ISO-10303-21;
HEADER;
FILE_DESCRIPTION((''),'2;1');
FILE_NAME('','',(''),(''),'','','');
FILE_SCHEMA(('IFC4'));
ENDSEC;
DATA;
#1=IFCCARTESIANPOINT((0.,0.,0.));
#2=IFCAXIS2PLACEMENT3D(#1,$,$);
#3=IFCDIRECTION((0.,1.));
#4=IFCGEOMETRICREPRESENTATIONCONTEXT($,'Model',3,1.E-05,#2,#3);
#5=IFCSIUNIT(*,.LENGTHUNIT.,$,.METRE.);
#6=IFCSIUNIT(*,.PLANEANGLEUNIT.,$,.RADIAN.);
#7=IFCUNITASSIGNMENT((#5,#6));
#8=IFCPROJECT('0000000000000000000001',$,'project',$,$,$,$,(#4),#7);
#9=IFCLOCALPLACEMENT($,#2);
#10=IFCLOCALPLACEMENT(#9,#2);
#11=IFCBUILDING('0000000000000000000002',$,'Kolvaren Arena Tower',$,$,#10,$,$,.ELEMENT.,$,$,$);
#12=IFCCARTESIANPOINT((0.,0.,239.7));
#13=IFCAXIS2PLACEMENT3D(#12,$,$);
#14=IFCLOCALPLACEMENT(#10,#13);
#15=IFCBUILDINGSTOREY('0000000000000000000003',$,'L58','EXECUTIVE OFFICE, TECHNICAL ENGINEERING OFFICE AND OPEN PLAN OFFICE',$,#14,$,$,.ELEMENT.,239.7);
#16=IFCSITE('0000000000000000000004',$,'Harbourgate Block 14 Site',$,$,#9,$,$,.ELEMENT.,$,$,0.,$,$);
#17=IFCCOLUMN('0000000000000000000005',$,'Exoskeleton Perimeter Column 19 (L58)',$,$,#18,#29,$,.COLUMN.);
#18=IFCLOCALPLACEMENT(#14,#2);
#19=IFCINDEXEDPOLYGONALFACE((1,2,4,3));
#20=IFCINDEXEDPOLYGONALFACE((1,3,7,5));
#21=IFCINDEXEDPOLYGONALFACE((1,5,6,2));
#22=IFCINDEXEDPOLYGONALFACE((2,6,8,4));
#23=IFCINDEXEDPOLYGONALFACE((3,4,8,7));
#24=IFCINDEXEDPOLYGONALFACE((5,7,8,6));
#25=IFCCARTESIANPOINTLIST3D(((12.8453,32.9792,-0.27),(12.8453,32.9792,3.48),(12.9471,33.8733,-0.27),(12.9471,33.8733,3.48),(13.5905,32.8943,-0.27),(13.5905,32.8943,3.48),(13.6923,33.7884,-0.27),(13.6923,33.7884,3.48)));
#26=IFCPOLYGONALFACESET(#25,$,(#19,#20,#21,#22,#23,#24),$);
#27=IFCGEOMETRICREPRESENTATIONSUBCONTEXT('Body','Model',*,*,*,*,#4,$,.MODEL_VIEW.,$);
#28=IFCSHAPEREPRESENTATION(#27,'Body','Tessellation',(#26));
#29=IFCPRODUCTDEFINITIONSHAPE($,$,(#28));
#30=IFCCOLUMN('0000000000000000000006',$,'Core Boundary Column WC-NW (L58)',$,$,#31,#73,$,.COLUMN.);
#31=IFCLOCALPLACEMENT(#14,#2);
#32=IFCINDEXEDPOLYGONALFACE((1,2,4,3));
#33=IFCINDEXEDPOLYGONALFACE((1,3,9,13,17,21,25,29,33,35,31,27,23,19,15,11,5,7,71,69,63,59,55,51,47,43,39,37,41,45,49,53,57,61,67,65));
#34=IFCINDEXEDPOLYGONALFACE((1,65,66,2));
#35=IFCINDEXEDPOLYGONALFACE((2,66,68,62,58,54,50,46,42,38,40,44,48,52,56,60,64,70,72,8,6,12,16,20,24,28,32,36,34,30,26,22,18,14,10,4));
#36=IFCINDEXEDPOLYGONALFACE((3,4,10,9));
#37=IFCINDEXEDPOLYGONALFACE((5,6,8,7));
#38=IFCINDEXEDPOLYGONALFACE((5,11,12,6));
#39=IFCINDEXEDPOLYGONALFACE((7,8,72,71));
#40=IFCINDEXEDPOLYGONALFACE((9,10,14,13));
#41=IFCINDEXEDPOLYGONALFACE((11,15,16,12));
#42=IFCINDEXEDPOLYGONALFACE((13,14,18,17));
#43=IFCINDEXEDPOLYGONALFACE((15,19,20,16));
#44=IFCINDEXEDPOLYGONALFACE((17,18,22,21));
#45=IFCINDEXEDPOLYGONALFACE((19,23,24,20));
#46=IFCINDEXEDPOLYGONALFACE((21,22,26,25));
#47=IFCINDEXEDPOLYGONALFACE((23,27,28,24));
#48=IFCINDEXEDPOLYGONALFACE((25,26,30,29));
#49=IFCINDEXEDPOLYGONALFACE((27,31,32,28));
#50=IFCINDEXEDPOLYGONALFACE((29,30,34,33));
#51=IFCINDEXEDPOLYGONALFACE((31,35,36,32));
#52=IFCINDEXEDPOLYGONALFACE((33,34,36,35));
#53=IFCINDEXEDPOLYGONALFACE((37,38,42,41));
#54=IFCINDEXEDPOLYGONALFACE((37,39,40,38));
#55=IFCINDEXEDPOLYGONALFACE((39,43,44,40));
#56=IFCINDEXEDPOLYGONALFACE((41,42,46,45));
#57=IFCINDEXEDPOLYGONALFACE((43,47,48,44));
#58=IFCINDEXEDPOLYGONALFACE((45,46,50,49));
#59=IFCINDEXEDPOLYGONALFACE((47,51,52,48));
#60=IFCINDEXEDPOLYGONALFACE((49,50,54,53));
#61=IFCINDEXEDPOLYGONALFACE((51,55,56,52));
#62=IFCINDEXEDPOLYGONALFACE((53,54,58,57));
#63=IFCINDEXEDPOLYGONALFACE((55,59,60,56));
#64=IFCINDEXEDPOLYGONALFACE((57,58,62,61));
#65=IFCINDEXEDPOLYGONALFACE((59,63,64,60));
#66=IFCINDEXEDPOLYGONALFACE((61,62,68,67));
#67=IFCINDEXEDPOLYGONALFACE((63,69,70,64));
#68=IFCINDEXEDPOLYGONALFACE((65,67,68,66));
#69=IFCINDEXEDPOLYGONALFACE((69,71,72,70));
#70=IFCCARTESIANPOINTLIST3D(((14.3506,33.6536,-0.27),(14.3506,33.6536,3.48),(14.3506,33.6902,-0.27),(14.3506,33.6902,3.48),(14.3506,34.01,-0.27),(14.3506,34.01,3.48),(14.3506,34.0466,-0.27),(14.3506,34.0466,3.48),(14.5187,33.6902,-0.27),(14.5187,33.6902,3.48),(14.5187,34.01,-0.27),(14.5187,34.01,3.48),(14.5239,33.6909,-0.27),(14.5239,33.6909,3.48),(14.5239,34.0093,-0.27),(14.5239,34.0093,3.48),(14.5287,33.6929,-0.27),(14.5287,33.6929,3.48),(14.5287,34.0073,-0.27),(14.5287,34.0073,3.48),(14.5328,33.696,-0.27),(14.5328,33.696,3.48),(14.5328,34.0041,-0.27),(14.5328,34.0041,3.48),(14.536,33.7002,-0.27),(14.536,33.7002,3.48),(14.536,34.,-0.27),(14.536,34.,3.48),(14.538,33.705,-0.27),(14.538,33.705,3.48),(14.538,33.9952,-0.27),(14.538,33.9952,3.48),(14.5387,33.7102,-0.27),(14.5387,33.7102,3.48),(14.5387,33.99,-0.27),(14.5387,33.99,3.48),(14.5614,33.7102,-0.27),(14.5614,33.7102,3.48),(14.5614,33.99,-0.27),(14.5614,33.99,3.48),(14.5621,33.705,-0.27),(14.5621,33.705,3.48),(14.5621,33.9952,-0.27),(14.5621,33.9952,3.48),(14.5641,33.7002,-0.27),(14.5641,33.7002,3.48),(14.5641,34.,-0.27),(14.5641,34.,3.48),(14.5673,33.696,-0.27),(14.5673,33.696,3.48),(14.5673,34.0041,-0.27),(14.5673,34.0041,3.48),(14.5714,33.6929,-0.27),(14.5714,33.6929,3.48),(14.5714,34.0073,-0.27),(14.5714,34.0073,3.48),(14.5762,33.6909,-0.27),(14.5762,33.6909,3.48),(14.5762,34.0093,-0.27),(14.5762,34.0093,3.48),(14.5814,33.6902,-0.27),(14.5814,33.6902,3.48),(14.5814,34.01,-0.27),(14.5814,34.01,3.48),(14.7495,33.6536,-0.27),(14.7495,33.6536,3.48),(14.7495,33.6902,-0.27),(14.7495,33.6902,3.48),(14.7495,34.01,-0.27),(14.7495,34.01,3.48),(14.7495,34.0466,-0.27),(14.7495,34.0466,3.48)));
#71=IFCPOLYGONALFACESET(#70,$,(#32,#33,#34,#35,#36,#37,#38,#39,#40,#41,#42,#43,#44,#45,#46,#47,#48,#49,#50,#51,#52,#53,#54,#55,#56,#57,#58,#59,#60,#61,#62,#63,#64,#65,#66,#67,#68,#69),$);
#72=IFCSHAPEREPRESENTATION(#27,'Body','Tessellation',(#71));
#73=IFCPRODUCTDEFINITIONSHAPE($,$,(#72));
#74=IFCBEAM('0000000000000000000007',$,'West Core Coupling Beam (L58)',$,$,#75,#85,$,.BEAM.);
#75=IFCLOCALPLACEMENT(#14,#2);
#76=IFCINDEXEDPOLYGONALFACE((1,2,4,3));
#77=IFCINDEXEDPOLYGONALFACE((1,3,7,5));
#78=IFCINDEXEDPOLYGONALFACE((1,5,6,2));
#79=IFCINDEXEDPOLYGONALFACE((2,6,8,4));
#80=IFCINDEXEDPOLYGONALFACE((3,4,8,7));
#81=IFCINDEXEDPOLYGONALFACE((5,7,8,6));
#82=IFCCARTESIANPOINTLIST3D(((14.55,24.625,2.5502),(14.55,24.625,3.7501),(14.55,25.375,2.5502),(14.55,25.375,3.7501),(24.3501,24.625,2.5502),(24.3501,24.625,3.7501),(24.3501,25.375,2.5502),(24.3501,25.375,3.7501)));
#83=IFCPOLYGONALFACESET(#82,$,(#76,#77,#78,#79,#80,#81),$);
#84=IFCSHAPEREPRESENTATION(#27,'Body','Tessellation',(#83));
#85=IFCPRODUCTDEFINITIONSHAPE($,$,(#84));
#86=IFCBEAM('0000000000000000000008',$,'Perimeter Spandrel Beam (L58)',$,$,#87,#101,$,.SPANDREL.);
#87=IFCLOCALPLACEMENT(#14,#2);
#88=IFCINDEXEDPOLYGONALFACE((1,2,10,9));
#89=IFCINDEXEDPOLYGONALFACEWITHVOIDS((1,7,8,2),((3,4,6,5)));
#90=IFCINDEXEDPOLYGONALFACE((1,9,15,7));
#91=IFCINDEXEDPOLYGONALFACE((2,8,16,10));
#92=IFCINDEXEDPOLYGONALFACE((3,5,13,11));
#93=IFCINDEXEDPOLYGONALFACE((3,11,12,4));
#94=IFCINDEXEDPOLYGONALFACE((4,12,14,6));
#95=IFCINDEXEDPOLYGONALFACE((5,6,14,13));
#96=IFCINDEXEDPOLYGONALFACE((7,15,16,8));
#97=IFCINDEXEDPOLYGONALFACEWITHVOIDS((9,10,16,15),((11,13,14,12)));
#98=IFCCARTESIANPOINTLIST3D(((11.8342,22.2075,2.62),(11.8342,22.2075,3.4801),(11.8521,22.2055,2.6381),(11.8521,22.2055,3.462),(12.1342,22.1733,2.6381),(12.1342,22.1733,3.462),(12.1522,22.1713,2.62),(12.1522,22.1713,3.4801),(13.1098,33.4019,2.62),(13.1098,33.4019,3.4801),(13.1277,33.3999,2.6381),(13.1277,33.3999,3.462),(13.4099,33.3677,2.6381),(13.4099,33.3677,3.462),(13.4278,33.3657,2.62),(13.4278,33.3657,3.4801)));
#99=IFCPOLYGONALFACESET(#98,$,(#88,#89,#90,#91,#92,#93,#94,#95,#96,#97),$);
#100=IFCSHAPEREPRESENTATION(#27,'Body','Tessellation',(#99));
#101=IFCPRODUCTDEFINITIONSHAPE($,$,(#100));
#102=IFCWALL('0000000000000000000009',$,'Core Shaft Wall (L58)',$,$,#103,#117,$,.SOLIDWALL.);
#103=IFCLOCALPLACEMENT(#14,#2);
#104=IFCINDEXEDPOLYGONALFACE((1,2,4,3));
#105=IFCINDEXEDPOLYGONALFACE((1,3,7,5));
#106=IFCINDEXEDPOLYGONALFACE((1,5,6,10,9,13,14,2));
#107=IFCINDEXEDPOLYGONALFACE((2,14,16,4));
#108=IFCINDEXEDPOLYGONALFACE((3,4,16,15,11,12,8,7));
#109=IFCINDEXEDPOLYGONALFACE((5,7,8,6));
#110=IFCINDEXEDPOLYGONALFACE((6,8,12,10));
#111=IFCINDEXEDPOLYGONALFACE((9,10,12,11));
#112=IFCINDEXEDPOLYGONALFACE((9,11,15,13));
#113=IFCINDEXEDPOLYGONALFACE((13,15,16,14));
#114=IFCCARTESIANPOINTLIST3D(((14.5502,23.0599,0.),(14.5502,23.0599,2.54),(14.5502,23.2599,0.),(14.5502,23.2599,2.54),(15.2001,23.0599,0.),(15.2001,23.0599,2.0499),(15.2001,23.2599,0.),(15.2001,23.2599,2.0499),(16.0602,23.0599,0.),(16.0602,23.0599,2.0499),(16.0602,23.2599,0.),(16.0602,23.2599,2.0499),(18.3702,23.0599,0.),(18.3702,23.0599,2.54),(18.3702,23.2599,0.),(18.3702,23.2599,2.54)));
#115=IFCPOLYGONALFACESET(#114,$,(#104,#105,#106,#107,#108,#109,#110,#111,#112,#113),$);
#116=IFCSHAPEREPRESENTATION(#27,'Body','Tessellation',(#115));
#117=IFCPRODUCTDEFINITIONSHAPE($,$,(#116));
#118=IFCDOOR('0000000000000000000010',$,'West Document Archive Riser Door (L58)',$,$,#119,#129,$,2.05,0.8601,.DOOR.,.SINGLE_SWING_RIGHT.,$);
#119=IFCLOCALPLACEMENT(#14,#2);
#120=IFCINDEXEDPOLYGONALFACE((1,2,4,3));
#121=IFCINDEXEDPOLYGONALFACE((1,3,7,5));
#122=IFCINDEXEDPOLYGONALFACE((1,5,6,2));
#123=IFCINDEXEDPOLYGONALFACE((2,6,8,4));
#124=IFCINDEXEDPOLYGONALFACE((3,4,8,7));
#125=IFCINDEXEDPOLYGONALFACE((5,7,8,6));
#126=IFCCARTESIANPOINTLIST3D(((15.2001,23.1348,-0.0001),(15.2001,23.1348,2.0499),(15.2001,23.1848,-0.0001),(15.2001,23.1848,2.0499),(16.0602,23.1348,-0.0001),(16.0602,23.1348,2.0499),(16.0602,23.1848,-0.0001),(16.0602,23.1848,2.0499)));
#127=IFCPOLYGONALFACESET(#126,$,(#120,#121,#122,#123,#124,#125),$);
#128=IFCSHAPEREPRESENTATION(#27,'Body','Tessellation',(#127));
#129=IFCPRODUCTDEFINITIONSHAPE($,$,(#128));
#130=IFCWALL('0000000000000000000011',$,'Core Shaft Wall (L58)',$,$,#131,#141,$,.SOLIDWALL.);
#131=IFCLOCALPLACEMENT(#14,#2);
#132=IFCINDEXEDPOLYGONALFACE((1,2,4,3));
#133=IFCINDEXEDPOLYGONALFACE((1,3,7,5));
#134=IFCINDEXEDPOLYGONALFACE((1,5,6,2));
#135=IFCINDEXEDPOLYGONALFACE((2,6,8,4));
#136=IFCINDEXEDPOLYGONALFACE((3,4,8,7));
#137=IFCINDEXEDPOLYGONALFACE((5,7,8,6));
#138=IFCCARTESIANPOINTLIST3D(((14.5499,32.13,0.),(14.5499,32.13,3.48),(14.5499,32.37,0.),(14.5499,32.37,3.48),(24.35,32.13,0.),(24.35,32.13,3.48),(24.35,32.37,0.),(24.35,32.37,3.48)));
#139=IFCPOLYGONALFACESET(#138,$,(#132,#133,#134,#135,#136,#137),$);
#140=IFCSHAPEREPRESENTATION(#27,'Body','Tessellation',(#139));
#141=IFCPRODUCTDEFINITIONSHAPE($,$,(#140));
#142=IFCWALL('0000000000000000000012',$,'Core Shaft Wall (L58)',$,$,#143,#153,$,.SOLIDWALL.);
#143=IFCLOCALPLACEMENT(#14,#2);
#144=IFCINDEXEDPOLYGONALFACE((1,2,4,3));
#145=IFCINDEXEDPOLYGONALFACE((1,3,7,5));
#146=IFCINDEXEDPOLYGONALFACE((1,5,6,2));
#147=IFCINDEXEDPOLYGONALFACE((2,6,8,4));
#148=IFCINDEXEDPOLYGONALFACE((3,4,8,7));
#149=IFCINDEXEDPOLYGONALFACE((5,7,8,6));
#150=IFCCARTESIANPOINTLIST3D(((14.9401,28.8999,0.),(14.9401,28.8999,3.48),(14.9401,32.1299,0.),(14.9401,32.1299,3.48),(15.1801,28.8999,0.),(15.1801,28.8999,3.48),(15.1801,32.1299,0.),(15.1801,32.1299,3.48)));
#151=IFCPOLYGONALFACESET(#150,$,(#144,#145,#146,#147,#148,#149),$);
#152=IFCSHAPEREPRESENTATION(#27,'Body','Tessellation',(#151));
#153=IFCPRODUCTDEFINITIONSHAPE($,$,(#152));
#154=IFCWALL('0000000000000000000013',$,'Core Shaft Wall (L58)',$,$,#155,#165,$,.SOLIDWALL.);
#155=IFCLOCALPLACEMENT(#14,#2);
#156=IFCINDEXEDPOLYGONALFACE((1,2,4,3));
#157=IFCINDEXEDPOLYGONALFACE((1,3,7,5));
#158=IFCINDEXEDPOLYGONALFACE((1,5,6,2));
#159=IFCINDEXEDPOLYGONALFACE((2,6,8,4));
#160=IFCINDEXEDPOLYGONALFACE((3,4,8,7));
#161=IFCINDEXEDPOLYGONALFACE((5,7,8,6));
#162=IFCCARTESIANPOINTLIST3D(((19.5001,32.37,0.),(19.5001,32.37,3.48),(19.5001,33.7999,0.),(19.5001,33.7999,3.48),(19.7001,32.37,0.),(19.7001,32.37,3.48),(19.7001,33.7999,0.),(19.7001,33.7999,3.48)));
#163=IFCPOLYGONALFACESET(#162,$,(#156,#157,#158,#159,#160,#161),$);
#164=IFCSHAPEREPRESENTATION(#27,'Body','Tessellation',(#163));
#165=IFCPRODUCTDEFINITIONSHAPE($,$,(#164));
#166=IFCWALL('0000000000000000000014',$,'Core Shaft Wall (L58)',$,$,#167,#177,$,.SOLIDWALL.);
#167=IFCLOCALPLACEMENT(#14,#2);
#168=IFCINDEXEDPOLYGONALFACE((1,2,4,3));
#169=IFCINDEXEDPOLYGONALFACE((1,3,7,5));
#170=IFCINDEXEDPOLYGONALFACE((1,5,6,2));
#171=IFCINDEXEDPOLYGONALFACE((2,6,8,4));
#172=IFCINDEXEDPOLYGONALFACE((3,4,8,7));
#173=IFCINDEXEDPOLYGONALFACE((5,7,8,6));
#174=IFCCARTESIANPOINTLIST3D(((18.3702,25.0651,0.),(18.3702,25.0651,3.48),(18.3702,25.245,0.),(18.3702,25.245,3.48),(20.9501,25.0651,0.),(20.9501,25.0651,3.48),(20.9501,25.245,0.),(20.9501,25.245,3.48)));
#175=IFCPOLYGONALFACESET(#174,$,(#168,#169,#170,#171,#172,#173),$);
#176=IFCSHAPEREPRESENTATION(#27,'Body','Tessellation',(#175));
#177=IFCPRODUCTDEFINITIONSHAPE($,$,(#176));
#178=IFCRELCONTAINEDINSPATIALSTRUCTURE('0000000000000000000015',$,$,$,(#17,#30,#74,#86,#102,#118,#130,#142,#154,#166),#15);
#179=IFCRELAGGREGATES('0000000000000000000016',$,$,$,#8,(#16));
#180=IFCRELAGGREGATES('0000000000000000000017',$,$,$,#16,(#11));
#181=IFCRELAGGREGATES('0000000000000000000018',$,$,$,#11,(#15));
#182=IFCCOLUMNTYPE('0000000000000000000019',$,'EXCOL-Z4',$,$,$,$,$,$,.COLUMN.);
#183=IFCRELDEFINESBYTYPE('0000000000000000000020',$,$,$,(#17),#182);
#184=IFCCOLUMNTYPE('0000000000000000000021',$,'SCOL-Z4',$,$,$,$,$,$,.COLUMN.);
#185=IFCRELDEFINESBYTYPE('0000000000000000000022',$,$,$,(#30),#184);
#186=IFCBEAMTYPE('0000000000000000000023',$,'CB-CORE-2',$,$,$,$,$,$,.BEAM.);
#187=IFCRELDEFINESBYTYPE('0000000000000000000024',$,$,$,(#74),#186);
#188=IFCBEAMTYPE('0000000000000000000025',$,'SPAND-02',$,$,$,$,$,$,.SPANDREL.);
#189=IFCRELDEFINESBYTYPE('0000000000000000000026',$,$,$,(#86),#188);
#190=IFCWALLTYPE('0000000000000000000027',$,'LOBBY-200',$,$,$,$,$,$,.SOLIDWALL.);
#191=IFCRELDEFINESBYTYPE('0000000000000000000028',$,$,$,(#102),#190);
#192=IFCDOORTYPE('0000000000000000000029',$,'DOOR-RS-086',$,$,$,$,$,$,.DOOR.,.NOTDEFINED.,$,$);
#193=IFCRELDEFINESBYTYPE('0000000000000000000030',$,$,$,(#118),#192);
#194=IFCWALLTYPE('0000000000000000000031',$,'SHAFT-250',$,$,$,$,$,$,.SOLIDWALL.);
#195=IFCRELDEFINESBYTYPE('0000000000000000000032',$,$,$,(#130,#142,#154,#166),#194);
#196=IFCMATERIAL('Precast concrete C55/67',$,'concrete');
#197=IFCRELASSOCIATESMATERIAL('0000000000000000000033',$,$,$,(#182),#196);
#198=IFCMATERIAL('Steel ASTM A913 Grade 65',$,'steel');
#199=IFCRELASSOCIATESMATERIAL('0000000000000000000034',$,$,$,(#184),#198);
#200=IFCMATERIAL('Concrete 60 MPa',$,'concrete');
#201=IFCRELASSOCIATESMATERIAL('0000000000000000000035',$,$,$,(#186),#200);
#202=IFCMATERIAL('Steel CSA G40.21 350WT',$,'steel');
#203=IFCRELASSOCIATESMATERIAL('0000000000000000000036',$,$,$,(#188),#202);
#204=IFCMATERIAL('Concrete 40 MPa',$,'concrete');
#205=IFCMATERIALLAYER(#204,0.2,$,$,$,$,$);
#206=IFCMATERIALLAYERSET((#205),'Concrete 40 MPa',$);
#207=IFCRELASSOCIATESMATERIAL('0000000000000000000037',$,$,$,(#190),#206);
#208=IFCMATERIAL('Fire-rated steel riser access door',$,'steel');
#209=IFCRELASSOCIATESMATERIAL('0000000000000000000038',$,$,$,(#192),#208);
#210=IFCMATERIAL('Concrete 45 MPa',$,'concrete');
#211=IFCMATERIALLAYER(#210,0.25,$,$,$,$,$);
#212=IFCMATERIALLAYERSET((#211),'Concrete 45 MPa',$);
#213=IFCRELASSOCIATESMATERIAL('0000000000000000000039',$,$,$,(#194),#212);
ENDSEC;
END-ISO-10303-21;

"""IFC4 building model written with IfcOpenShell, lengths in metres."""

from ifc_helpers import new_model, si_unit, direction, frame, frame_2d, origin, origin_2d, place, context, subcontext, project, spatial, rectangle, hollow_rectangle, i_section, extrude, material, layer, layer_set, material_profile, profile_set, type_object, element, fill, save


model = new_model("IFC4")

# Units and contexts
model_context = context("Model", 3, precision=1e-05, world=origin(), true_north=direction((0.0, 1.0)))
body_context = subcontext(model_context, "Body", "Model", "MODEL_VIEW")
ifc_project = project(units=[si_unit("LENGTHUNIT", "METRE"), si_unit("PLANEANGLEUNIT", "RADIAN")], contexts=[model_context])

# Site, building, storey
site_placement = place(None, origin())
site = spatial("IfcSite", under=ifc_project, at=site_placement, Name="Harbourgate Block 14 Site", CompositionType="ELEMENT", RefElevation=0.0)
building_placement = place(site_placement, origin())
building = spatial("IfcBuilding", under=site, at=building_placement, Name="Kolvaren Arena Tower", CompositionType="ELEMENT")
storey_placement = place(building_placement, frame((0.0, 0.0, 239.7)))
storey = spatial("IfcBuildingStorey", under=building, at=storey_placement, Name="L58", Description="EXECUTIVE OFFICE, TECHNICAL ENGINEERING OFFICE AND OPEN PLAN OFFICE", CompositionType="ELEMENT", Elevation=239.7)

# Columns
ifc_material_1 = material(Name="Precast concrete C55/67", Category="concrete")
ifc_material_profile_1 = material_profile(ifc_material_1, rectangle(XDim=0.8999, YDim=0.75, at=origin_2d()), Name="RC-900x750")
ifc_profile_set_1 = profile_set([ifc_material_profile_1], Name="Precast concrete C55/67")
column_type_1 = type_object("IfcColumnType", Name="EXCOL-Z4", PredefinedType="COLUMN", material=ifc_profile_set_1)
column_1_placement = place(storey_placement, frame((13.2688, 33.3838, -0.27), z_axis=(0.0, 0.0, 1.0), x_axis=(0.113203, 0.993572, 0.0)))
element("IfcColumn", 1, at=column_1_placement, inside=storey, type_object=column_type_1, Name="Exoskeleton Perimeter Column 19 (L58)", PredefinedType="COLUMN", context=body_context, shape_type="SweptSolid", body=[
    extrude(rectangle(XDim=0.8999, YDim=0.75, at=origin_2d()), origin(), (0.0, 0.0, 1.0), 3.75),
])
ifc_material_2 = material(Name="Steel ASTM A913 Grade 65", Category="steel")
ifc_material_profile_2 = material_profile(ifc_material_2, i_section(OverallWidth=0.3989, OverallDepth=0.3931, WebThickness=0.0227, FlangeThickness=0.0366, FilletRadius=0.02, at=origin_2d()), Name="W360x287")
ifc_profile_set_2 = profile_set([ifc_material_profile_2], Name="Steel ASTM A913 Grade 65")
column_type_2 = type_object("IfcColumnType", Name="SCOL-Z4", PredefinedType="COLUMN", material=ifc_profile_set_2)
column_2_placement = place(storey_placement, frame((14.55, 33.8501, -0.27), z_axis=(0.0, 0.0, 1.0), x_axis=(1.0, 0.0, 0.0)))
element("IfcColumn", 2, at=column_2_placement, inside=storey, type_object=column_type_2, Name="Core Boundary Column WC-NW (L58)", PredefinedType="COLUMN", context=body_context, shape_type="SweptSolid", body=[
    extrude(i_section(OverallWidth=0.3989, OverallDepth=0.3931, WebThickness=0.0227, FlangeThickness=0.0366, FilletRadius=0.02, at=origin_2d()), origin(), (0.0, 0.0, 1.0), 3.75),
])

# Beams
ifc_material_3 = material(Name="Concrete 60 MPa", Category="concrete")
ifc_material_profile_3 = material_profile(ifc_material_3, rectangle(XDim=0.75, YDim=1.2, at=origin_2d()), Name="RC-750x1200")
ifc_profile_set_3 = profile_set([ifc_material_profile_3], Name="Concrete 60 MPa")
beam_type_1 = type_object("IfcBeamType", Name="CB-CORE-2", PredefinedType="BEAM", material=ifc_profile_set_3)
beam_1_placement = place(storey_placement, frame((14.55, 25.0, 3.1501), z_axis=(1.0, 0.0, 0.0), x_axis=(0.0, 1.0, 0.0)))
element("IfcBeam", 3, at=beam_1_placement, inside=storey, type_object=beam_type_1, Name="West Core Coupling Beam (L58)", PredefinedType="BEAM", context=body_context, shape_type="SweptSolid", body=[
    extrude(rectangle(XDim=0.75, YDim=1.2, at=origin_2d()), origin(), (0.0, 0.0, 1.0), 9.8),
])
ifc_material_4 = material(Name="Steel CSA G40.21 350WT", Category="steel")
ifc_material_profile_4 = material_profile(ifc_material_4, hollow_rectangle(XDim=0.3201, YDim=0.8601, WallThickness=0.0181, at=origin_2d()), Name="HSS 860x320x18")
ifc_profile_set_4 = profile_set([ifc_material_profile_4], Name="Steel CSA G40.21 350WT")
beam_type_2 = type_object("IfcBeamType", Name="SPAND-02", PredefinedType="SPANDREL", material=ifc_profile_set_4)
beam_2_placement = place(storey_placement, frame((13.2688, 33.3838, 3.05), z_axis=(-0.113221, -0.99357, 0.0), x_axis=(0.99357, -0.113221, 0.0)))
element("IfcBeam", 4, at=beam_2_placement, inside=storey, type_object=beam_type_2, Name="Perimeter Spandrel Beam (L58)", PredefinedType="SPANDREL", context=body_context, shape_type="SweptSolid", body=[
    extrude(hollow_rectangle(XDim=0.3201, YDim=0.8601, WallThickness=0.0181, at=origin_2d()), origin(), (0.0, 0.0, 1.0), 11.2668),
])

# Wall, opening, door
ifc_material_5 = material(Name="Concrete 40 MPa", Category="concrete")
ifc_layer_1 = layer(ifc_material_5, 0.2)
ifc_layer_set_1 = layer_set([ifc_layer_1], Name="Concrete 40 MPa")
wall_type_1 = type_object("IfcWallType", Name="LOBBY-200", PredefinedType="SOLIDWALL", material=ifc_layer_set_1)
wall_1_placement = place(storey_placement, frame((14.55, 23.1599, 0.0), z_axis=(0.0, 0.0, 1.0), x_axis=(1.0, 0.0, 0.0)))
wall_1 = element("IfcWall", 5, at=wall_1_placement, inside=storey, type_object=wall_type_1, Name="Core Shaft Wall (L58)", PredefinedType="SOLIDWALL", context=body_context, shape_type="SweptSolid", body=[
    extrude(rectangle(XDim=3.8201, YDim=0.2, at=frame_2d((1.9102, 0.0))), origin(), (0.0, 0.0, 1.0), 2.54),
])
opening_1_placement = place(wall_1_placement, frame((0.6499, 0.0, 0.0)))
opening_1 = element("IfcOpeningElement", 6, at=opening_1_placement, cuts=wall_1, PredefinedType="OPENING", context=body_context, shape_type="SweptSolid", body=[
    extrude(rectangle(XDim=0.8601, YDim=2.05, at=frame_2d((0.4302, 1.0249))), frame((0.0, 0.1099, 0.0), z_axis=(0.0, -1.0, 0.0), x_axis=(1.0, 0.0, 0.0)), (0.0, 0.0, 1.0), 0.22),
])
ifc_material_6 = material(Name="Fire-rated steel riser access door", Category="steel")
door_type_1 = type_object("IfcDoorType", Name="DOOR-RS-086", OperationType="NOTDEFINED", PredefinedType="DOOR", material=ifc_material_6)
door_1_placement = place(opening_1_placement, origin())
door_1 = element("IfcDoor", 7, at=door_1_placement, inside=storey, type_object=door_type_1, Name="West Document Archive Riser Door (L58)", OperationType="SINGLE_SWING_RIGHT", OverallHeight=2.05, OverallWidth=0.8601, PredefinedType="DOOR", context=body_context, shape_type="SweptSolid", body=[
    extrude(rectangle(XDim=0.8601, YDim=2.05, at=frame_2d((0.4302, 1.0249))), frame((0.0, 0.0249, 0.0), z_axis=(0.0, -1.0, 0.0), x_axis=(1.0, 0.0, 0.0)), (0.0, 0.0, 1.0), 0.05),
])
fill(opening_1, door_1)

# Walls
ifc_material_7 = material(Name="Concrete 45 MPa", Category="concrete")
ifc_layer_2 = layer(ifc_material_7, 0.25)
ifc_layer_set_2 = layer_set([ifc_layer_2], Name="Concrete 45 MPa")
wall_type_2 = type_object("IfcWallType", Name="SHAFT-250", PredefinedType="SOLIDWALL", material=ifc_layer_set_2)
wall_2_placement = place(storey_placement, frame((14.55, 32.25, 0.0), z_axis=(0.0, 0.0, 1.0), x_axis=(1.0, 0.0, 0.0)))
element("IfcWall", 8, at=wall_2_placement, inside=storey, type_object=wall_type_2, Name="Core Shaft Wall (L58)", PredefinedType="SOLIDWALL", context=body_context, shape_type="SweptSolid", body=[
    extrude(rectangle(XDim=9.8, YDim=0.24, at=frame_2d((4.8999, 0.0))), origin(), (0.0, 0.0, 1.0), 3.48),
])
wall_3_placement = place(storey_placement, frame((15.0601, 28.8999, 0.0), z_axis=(0.0, 0.0, 1.0), x_axis=(0.0, 1.0, 0.0)))
element("IfcWall", 9, at=wall_3_placement, inside=storey, type_object=wall_type_2, Name="Core Shaft Wall (L58)", PredefinedType="SOLIDWALL", context=body_context, shape_type="SweptSolid", body=[
    extrude(rectangle(XDim=3.23, YDim=0.24, at=frame_2d((1.615, 0.0))), origin(), (0.0, 0.0, 1.0), 3.48),
])
wall_4_placement = place(storey_placement, frame((19.6001, 32.3701, 0.0), z_axis=(0.0, 0.0, 1.0), x_axis=(0.0, 1.0, 0.0)))
element("IfcWall", 10, at=wall_4_placement, inside=storey, type_object=wall_type_2, Name="Core Shaft Wall (L58)", PredefinedType="SOLIDWALL", context=body_context, shape_type="SweptSolid", body=[
    extrude(rectangle(XDim=1.4299, YDim=0.2, at=frame_2d((0.7148, 0.0))), origin(), (0.0, 0.0, 1.0), 3.48),
])
wall_5_placement = place(storey_placement, frame((18.3701, 25.155, 0.0), z_axis=(0.0, 0.0, 1.0), x_axis=(1.0, 0.0, 0.0)))
element("IfcWall", 11, at=wall_5_placement, inside=storey, type_object=wall_type_2, Name="Core Shaft Wall (L58)", PredefinedType="SOLIDWALL", context=body_context, shape_type="SweptSolid", body=[
    extrude(rectangle(XDim=2.5798, YDim=0.1799, at=frame_2d((1.29, 0.0))), origin(), (0.0, 0.0, 1.0), 3.48),
])

save(model, "model.ifc")
